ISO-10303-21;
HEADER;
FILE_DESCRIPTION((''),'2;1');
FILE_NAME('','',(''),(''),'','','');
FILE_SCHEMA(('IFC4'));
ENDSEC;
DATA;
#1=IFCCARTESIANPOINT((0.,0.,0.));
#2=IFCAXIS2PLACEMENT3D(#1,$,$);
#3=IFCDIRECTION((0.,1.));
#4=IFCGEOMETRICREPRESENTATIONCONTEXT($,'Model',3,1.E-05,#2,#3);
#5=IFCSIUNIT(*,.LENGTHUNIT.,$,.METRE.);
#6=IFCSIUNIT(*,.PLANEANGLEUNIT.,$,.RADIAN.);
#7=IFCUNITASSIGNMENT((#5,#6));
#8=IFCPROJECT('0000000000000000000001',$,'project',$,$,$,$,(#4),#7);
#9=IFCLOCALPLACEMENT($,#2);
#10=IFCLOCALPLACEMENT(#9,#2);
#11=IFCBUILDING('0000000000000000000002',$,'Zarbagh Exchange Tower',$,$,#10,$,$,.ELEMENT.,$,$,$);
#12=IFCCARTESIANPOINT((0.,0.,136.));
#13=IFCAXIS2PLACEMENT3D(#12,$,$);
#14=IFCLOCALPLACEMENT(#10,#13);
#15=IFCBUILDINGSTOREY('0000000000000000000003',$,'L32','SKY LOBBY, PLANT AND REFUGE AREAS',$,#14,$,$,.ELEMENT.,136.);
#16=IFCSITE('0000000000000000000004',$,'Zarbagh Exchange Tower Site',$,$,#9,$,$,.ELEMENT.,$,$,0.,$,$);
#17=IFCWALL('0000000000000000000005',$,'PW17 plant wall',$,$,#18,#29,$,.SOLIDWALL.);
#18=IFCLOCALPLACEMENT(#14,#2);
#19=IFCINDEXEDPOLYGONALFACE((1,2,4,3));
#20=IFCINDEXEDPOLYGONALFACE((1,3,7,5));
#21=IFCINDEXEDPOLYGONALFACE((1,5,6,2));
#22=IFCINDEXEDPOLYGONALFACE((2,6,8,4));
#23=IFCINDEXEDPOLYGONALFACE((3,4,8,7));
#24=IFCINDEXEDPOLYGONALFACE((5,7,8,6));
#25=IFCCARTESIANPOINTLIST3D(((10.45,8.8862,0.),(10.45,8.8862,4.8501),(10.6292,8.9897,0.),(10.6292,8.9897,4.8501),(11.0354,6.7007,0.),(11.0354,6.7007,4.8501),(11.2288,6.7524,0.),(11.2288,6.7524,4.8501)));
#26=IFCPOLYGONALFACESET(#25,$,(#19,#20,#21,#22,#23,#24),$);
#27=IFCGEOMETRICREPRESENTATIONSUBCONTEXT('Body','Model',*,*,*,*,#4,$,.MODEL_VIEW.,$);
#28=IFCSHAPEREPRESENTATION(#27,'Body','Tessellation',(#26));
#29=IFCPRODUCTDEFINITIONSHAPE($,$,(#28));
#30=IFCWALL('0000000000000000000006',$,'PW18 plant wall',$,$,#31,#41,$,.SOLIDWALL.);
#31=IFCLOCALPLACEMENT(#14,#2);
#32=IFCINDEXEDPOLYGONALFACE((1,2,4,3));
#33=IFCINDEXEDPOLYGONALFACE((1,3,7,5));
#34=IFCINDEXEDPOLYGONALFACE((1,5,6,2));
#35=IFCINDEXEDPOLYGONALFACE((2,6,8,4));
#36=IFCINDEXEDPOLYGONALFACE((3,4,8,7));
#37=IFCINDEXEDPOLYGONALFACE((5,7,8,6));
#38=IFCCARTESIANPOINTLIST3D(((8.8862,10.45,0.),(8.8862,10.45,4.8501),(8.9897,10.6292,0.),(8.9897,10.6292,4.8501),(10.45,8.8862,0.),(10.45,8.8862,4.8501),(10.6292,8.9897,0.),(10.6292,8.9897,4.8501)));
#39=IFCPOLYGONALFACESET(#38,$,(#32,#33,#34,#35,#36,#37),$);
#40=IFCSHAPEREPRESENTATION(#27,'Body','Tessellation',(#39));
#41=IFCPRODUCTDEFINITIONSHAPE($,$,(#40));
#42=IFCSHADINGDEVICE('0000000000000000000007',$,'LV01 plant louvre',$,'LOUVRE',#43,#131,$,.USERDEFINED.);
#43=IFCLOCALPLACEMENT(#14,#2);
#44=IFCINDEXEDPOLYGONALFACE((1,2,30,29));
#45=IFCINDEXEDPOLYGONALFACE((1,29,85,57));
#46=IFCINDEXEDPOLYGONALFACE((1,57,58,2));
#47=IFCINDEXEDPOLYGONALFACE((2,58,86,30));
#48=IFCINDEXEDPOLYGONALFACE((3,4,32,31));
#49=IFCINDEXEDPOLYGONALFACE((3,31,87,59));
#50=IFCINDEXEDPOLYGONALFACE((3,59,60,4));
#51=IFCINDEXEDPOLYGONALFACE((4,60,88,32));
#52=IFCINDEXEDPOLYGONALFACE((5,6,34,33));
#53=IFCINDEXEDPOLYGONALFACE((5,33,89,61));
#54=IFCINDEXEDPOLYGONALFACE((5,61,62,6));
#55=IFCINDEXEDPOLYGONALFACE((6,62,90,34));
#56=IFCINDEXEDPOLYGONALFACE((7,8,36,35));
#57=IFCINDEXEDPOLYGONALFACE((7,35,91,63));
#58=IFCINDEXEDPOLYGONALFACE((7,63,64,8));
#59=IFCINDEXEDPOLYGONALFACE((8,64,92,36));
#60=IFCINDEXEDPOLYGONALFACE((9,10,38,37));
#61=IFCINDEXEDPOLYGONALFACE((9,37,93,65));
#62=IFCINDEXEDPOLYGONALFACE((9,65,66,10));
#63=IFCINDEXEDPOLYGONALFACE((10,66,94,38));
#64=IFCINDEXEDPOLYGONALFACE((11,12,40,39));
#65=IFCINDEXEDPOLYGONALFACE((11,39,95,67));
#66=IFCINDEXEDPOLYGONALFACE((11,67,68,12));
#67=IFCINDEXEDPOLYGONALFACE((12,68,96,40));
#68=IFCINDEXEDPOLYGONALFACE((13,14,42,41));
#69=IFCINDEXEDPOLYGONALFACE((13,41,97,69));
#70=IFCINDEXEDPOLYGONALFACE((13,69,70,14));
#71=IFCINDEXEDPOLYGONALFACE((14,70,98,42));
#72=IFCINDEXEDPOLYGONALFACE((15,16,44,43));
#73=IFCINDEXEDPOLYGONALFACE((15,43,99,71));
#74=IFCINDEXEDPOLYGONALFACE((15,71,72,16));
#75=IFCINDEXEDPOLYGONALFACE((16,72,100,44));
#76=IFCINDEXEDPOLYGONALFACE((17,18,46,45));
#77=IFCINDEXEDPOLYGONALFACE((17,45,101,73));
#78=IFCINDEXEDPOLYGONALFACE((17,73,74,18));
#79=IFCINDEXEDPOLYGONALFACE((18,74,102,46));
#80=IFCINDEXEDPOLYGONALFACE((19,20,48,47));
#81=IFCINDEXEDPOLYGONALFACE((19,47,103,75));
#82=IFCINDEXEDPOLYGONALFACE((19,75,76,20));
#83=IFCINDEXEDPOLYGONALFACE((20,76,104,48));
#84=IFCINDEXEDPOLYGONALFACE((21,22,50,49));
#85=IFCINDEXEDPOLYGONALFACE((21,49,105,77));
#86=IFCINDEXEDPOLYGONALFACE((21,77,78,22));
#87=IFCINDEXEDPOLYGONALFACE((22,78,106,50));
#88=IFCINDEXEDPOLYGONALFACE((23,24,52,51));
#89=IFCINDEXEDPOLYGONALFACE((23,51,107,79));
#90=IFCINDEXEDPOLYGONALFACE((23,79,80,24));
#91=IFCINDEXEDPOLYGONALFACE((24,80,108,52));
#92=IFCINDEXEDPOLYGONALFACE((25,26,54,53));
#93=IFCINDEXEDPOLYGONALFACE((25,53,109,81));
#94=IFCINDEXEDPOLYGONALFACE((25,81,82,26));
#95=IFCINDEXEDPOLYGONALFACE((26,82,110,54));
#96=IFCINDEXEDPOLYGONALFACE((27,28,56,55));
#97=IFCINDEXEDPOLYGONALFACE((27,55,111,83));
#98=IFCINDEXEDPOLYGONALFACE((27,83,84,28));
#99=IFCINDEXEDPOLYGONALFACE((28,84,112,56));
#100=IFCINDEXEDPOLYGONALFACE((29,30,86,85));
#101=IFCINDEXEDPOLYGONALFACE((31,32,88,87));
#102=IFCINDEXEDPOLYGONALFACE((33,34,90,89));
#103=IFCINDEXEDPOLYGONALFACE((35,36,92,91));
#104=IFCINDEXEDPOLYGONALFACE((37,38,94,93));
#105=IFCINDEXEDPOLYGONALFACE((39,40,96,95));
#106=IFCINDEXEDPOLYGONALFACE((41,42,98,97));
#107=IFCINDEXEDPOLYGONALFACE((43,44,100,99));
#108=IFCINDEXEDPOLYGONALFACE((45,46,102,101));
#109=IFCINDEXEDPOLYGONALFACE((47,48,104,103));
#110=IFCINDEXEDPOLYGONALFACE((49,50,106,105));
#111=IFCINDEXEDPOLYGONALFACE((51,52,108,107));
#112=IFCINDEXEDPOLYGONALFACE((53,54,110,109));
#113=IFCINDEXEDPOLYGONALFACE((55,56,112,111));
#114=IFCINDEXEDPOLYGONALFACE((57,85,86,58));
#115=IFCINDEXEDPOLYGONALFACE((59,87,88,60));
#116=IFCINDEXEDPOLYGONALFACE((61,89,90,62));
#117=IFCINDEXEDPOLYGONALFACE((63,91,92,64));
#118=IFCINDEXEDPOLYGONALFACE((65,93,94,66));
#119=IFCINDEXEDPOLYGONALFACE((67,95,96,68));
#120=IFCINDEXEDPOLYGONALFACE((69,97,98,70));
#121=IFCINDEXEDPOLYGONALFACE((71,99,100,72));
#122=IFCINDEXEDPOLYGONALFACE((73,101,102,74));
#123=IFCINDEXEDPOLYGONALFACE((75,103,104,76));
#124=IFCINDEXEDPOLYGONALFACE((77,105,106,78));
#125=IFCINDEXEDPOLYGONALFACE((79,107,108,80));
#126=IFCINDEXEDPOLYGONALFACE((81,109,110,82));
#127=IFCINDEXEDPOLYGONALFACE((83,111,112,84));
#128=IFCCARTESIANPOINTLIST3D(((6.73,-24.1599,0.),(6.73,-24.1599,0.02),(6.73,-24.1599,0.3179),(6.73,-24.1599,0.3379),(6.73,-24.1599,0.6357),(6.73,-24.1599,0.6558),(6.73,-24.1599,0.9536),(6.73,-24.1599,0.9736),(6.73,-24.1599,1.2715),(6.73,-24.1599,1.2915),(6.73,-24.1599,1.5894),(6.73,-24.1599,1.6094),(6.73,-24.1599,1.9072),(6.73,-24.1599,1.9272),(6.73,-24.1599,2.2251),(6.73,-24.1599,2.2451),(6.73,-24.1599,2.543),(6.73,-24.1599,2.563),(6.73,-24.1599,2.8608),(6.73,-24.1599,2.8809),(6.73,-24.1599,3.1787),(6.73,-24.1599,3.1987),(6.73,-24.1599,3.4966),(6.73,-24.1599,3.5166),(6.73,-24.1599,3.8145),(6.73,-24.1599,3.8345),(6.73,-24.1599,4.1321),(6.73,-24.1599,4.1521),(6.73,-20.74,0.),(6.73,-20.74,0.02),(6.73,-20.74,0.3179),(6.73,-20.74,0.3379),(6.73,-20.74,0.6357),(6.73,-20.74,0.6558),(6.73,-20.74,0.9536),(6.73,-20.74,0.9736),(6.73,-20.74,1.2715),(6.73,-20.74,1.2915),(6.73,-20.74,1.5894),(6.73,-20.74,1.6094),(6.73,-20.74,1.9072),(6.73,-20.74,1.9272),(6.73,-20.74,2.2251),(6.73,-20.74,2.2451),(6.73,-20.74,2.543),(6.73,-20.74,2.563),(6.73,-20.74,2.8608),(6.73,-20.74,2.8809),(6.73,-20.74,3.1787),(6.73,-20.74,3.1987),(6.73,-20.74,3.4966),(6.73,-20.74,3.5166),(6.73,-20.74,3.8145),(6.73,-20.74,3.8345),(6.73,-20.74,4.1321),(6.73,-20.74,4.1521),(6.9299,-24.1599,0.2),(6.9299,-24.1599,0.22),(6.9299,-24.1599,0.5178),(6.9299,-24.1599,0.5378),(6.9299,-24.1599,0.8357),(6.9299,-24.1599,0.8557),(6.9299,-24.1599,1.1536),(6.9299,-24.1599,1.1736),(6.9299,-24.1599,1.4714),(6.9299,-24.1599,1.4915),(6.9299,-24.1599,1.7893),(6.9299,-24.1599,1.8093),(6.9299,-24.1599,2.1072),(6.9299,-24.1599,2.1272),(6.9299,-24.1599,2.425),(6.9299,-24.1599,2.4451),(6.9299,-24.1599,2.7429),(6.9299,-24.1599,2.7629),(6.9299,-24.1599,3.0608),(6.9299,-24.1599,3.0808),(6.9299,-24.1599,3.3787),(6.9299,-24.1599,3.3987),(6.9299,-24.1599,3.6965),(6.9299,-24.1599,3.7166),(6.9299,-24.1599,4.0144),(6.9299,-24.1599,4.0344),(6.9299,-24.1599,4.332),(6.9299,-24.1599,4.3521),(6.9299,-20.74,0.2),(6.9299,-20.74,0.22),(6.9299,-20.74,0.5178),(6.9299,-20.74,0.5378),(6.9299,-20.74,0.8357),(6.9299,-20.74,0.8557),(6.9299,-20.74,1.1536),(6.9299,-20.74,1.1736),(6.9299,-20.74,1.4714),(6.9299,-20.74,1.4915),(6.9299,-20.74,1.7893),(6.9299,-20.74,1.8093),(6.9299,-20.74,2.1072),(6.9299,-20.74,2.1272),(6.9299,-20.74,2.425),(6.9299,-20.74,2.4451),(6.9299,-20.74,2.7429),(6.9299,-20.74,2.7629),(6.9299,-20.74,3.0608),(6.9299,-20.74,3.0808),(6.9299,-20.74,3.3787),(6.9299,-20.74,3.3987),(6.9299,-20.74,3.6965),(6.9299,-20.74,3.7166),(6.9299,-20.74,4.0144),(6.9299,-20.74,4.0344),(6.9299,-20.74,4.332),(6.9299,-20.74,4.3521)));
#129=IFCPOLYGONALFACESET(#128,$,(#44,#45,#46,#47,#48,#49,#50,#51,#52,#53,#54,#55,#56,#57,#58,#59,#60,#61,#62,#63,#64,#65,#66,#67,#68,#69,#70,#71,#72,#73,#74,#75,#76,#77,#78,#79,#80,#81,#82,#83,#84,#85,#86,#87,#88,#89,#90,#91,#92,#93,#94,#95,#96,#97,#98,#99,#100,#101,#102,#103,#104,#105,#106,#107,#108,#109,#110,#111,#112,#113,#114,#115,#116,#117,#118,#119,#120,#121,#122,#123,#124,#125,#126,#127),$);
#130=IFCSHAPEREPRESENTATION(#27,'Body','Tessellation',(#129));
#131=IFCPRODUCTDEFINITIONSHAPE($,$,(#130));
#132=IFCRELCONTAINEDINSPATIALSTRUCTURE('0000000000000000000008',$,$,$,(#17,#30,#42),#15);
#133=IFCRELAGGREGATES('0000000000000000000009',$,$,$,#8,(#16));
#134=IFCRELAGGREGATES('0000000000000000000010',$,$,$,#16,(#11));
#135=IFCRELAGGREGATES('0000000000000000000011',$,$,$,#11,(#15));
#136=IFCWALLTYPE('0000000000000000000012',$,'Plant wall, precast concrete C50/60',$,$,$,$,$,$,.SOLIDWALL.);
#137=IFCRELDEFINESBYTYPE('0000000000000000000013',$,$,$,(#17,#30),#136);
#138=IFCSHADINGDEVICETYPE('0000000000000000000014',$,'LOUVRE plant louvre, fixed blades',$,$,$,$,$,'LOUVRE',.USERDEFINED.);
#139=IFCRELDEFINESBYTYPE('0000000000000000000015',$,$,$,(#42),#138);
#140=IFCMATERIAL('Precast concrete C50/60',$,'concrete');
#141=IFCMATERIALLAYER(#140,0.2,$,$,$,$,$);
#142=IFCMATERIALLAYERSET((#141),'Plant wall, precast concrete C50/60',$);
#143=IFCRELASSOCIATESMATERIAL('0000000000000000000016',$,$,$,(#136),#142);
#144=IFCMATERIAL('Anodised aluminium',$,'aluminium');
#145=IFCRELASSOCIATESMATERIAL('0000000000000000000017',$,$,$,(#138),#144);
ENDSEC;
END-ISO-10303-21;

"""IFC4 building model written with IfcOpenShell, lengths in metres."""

from ifc_helpers import new_model, si_unit, direction, frame, origin, place, context, subcontext, project, spatial, polyline, outline, extrude, source, transform, mapped, material, layer, layer_set, type_object, element, save


model = new_model("IFC4")

# Units and contexts
model_context = context("Model", 3, precision=1e-05, world=origin(), true_north=direction((0.0, 1.0)))
body_context = subcontext(model_context, "Body", "Model", "MODEL_VIEW")
ifc_project = project(units=[si_unit("LENGTHUNIT", "METRE"), si_unit("PLANEANGLEUNIT", "RADIAN")], contexts=[model_context])

# Site, building, storey
site_placement = place(None, origin())
site = spatial("IfcSite", under=ifc_project, at=site_placement, Name="Zarbagh Exchange Tower Site", CompositionType="ELEMENT", RefElevation=0.0)
building_placement = place(site_placement, origin())
building = spatial("IfcBuilding", under=site, at=building_placement, Name="Zarbagh Exchange Tower", CompositionType="ELEMENT")
storey_placement = place(building_placement, frame((0.0, 0.0, 136.0)))
storey = spatial("IfcBuildingStorey", under=building, at=storey_placement, Name="L32", Description="SKY LOBBY, PLANT AND REFUGE AREAS", CompositionType="ELEMENT", Elevation=136.0)

# Walls
ifc_material_1 = material(Name="Precast concrete C50/60", Category="concrete")
ifc_layer_1 = layer(ifc_material_1, 0.2)
ifc_layer_set_1 = layer_set([ifc_layer_1], Name="Plant wall, precast concrete C50/60")
wall_type = type_object("IfcWallType", Name="Plant wall, precast concrete C50/60", PredefinedType="SOLIDWALL", material=ifc_layer_set_1)
wall_1_placement = place(storey_placement, origin())
element("IfcWall", 1, at=wall_1_placement, inside=storey, type_object=wall_type, Name="PW17 plant wall", PredefinedType="SOLIDWALL", context=body_context, shape_type="SweptSolid", body=[
    extrude(outline(polyline([(11.2288, 6.7524), (10.6292, 8.9897), (10.45, 8.8862), (11.0354, 6.7007), (11.2288, 6.7524)])), origin(), (0.0, 0.0, 1.0), 4.8501),
])
wall_2_placement = place(storey_placement, origin())
element("IfcWall", 2, at=wall_2_placement, inside=storey, type_object=wall_type, Name="PW18 plant wall", PredefinedType="SOLIDWALL", context=body_context, shape_type="SweptSolid", body=[
    extrude(outline(polyline([(10.6292, 8.9897), (8.9897, 10.6292), (8.8862, 10.45), (10.45, 8.8862), (10.6292, 8.9897)])), origin(), (0.0, 0.0, 1.0), 4.8501),
])

# Shared definitions
placement = place(storey_placement, origin())

# Shading device
ifc_material_2 = material(Name="Anodised aluminium", Category="aluminium")
shading_device_type = type_object("IfcShadingDeviceType", Name="LOUVRE plant louvre, fixed blades", ElementType="LOUVRE", PredefinedType="USERDEFINED", material=ifc_material_2)
shared_shape_1 = source(origin(), body_context, "Body", "SweptSolid", [
    extrude(outline(polyline([(0.0, 0.2), (0.2, 0.0), (0.2, -0.02), (0.0, 0.1799), (0.0, 0.2)])), origin(), (0.0, 0.0, 1.0), 3.4199),
])
element("IfcShadingDevice", 3, at=placement, inside=storey, type_object=shading_device_type, Name="LV01 plant louvre", ObjectType="LOUVRE", PredefinedType="USERDEFINED", context=body_context, shape_type="MappedRepresentation", body=[
    mapped(shared_shape_1, transform((6.73, -24.1599, 0.2), x_axis=(1.0, 0.0, 0.0), y_axis=(0.0, 0.0, -1.0), z_axis=(0.0, 1.0, 0.0))),
    mapped(shared_shape_1, transform((6.73, -24.1599, 0.5178), x_axis=(1.0, 0.0, 0.0), y_axis=(0.0, 0.0, -1.0), z_axis=(0.0, 1.0, 0.0))),
    mapped(shared_shape_1, transform((6.73, -24.1599, 0.8357), x_axis=(1.0, 0.0, 0.0), y_axis=(0.0, 0.0, -1.0), z_axis=(0.0, 1.0, 0.0))),
    mapped(shared_shape_1, transform((6.73, -24.1599, 1.1536), x_axis=(1.0, 0.0, 0.0), y_axis=(0.0, 0.0, -1.0), z_axis=(0.0, 1.0, 0.0))),
    mapped(shared_shape_1, transform((6.73, -24.1599, 1.4714), x_axis=(1.0, 0.0, 0.0), y_axis=(0.0, 0.0, -1.0), z_axis=(0.0, 1.0, 0.0))),
    mapped(shared_shape_1, transform((6.73, -24.1599, 1.7893), x_axis=(1.0, 0.0, 0.0), y_axis=(0.0, 0.0, -1.0), z_axis=(0.0, 1.0, 0.0))),
    mapped(shared_shape_1, transform((6.73, -24.1599, 2.1072), x_axis=(1.0, 0.0, 0.0), y_axis=(0.0, 0.0, -1.0), z_axis=(0.0, 1.0, 0.0))),
    mapped(shared_shape_1, transform((6.73, -24.1599, 2.425), x_axis=(1.0, 0.0, 0.0), y_axis=(0.0, 0.0, -1.0), z_axis=(0.0, 1.0, 0.0))),
    mapped(shared_shape_1, transform((6.73, -24.1599, 2.7429), x_axis=(1.0, 0.0, 0.0), y_axis=(0.0, 0.0, -1.0), z_axis=(0.0, 1.0, 0.0))),
    mapped(shared_shape_1, transform((6.73, -24.1599, 3.0608), x_axis=(1.0, 0.0, 0.0), y_axis=(0.0, 0.0, -1.0), z_axis=(0.0, 1.0, 0.0))),
    mapped(shared_shape_1, transform((6.73, -24.1599, 3.3787), x_axis=(1.0, 0.0, 0.0), y_axis=(0.0, 0.0, -1.0), z_axis=(0.0, 1.0, 0.0))),
    mapped(shared_shape_1, transform((6.73, -24.1599, 3.6965), x_axis=(1.0, 0.0, 0.0), y_axis=(0.0, 0.0, -1.0), z_axis=(0.0, 1.0, 0.0))),
    mapped(shared_shape_1, transform((6.73, -24.1599, 4.0144), x_axis=(1.0, 0.0, 0.0), y_axis=(0.0, 0.0, -1.0), z_axis=(0.0, 1.0, 0.0))),
    mapped(shared_shape_1, transform((6.73, -24.1599, 4.332), x_axis=(1.0, 0.0, 0.0), y_axis=(0.0, 0.0, -1.0), z_axis=(0.0, 1.0, 0.0))),
])

save(model, "model.ifc")
